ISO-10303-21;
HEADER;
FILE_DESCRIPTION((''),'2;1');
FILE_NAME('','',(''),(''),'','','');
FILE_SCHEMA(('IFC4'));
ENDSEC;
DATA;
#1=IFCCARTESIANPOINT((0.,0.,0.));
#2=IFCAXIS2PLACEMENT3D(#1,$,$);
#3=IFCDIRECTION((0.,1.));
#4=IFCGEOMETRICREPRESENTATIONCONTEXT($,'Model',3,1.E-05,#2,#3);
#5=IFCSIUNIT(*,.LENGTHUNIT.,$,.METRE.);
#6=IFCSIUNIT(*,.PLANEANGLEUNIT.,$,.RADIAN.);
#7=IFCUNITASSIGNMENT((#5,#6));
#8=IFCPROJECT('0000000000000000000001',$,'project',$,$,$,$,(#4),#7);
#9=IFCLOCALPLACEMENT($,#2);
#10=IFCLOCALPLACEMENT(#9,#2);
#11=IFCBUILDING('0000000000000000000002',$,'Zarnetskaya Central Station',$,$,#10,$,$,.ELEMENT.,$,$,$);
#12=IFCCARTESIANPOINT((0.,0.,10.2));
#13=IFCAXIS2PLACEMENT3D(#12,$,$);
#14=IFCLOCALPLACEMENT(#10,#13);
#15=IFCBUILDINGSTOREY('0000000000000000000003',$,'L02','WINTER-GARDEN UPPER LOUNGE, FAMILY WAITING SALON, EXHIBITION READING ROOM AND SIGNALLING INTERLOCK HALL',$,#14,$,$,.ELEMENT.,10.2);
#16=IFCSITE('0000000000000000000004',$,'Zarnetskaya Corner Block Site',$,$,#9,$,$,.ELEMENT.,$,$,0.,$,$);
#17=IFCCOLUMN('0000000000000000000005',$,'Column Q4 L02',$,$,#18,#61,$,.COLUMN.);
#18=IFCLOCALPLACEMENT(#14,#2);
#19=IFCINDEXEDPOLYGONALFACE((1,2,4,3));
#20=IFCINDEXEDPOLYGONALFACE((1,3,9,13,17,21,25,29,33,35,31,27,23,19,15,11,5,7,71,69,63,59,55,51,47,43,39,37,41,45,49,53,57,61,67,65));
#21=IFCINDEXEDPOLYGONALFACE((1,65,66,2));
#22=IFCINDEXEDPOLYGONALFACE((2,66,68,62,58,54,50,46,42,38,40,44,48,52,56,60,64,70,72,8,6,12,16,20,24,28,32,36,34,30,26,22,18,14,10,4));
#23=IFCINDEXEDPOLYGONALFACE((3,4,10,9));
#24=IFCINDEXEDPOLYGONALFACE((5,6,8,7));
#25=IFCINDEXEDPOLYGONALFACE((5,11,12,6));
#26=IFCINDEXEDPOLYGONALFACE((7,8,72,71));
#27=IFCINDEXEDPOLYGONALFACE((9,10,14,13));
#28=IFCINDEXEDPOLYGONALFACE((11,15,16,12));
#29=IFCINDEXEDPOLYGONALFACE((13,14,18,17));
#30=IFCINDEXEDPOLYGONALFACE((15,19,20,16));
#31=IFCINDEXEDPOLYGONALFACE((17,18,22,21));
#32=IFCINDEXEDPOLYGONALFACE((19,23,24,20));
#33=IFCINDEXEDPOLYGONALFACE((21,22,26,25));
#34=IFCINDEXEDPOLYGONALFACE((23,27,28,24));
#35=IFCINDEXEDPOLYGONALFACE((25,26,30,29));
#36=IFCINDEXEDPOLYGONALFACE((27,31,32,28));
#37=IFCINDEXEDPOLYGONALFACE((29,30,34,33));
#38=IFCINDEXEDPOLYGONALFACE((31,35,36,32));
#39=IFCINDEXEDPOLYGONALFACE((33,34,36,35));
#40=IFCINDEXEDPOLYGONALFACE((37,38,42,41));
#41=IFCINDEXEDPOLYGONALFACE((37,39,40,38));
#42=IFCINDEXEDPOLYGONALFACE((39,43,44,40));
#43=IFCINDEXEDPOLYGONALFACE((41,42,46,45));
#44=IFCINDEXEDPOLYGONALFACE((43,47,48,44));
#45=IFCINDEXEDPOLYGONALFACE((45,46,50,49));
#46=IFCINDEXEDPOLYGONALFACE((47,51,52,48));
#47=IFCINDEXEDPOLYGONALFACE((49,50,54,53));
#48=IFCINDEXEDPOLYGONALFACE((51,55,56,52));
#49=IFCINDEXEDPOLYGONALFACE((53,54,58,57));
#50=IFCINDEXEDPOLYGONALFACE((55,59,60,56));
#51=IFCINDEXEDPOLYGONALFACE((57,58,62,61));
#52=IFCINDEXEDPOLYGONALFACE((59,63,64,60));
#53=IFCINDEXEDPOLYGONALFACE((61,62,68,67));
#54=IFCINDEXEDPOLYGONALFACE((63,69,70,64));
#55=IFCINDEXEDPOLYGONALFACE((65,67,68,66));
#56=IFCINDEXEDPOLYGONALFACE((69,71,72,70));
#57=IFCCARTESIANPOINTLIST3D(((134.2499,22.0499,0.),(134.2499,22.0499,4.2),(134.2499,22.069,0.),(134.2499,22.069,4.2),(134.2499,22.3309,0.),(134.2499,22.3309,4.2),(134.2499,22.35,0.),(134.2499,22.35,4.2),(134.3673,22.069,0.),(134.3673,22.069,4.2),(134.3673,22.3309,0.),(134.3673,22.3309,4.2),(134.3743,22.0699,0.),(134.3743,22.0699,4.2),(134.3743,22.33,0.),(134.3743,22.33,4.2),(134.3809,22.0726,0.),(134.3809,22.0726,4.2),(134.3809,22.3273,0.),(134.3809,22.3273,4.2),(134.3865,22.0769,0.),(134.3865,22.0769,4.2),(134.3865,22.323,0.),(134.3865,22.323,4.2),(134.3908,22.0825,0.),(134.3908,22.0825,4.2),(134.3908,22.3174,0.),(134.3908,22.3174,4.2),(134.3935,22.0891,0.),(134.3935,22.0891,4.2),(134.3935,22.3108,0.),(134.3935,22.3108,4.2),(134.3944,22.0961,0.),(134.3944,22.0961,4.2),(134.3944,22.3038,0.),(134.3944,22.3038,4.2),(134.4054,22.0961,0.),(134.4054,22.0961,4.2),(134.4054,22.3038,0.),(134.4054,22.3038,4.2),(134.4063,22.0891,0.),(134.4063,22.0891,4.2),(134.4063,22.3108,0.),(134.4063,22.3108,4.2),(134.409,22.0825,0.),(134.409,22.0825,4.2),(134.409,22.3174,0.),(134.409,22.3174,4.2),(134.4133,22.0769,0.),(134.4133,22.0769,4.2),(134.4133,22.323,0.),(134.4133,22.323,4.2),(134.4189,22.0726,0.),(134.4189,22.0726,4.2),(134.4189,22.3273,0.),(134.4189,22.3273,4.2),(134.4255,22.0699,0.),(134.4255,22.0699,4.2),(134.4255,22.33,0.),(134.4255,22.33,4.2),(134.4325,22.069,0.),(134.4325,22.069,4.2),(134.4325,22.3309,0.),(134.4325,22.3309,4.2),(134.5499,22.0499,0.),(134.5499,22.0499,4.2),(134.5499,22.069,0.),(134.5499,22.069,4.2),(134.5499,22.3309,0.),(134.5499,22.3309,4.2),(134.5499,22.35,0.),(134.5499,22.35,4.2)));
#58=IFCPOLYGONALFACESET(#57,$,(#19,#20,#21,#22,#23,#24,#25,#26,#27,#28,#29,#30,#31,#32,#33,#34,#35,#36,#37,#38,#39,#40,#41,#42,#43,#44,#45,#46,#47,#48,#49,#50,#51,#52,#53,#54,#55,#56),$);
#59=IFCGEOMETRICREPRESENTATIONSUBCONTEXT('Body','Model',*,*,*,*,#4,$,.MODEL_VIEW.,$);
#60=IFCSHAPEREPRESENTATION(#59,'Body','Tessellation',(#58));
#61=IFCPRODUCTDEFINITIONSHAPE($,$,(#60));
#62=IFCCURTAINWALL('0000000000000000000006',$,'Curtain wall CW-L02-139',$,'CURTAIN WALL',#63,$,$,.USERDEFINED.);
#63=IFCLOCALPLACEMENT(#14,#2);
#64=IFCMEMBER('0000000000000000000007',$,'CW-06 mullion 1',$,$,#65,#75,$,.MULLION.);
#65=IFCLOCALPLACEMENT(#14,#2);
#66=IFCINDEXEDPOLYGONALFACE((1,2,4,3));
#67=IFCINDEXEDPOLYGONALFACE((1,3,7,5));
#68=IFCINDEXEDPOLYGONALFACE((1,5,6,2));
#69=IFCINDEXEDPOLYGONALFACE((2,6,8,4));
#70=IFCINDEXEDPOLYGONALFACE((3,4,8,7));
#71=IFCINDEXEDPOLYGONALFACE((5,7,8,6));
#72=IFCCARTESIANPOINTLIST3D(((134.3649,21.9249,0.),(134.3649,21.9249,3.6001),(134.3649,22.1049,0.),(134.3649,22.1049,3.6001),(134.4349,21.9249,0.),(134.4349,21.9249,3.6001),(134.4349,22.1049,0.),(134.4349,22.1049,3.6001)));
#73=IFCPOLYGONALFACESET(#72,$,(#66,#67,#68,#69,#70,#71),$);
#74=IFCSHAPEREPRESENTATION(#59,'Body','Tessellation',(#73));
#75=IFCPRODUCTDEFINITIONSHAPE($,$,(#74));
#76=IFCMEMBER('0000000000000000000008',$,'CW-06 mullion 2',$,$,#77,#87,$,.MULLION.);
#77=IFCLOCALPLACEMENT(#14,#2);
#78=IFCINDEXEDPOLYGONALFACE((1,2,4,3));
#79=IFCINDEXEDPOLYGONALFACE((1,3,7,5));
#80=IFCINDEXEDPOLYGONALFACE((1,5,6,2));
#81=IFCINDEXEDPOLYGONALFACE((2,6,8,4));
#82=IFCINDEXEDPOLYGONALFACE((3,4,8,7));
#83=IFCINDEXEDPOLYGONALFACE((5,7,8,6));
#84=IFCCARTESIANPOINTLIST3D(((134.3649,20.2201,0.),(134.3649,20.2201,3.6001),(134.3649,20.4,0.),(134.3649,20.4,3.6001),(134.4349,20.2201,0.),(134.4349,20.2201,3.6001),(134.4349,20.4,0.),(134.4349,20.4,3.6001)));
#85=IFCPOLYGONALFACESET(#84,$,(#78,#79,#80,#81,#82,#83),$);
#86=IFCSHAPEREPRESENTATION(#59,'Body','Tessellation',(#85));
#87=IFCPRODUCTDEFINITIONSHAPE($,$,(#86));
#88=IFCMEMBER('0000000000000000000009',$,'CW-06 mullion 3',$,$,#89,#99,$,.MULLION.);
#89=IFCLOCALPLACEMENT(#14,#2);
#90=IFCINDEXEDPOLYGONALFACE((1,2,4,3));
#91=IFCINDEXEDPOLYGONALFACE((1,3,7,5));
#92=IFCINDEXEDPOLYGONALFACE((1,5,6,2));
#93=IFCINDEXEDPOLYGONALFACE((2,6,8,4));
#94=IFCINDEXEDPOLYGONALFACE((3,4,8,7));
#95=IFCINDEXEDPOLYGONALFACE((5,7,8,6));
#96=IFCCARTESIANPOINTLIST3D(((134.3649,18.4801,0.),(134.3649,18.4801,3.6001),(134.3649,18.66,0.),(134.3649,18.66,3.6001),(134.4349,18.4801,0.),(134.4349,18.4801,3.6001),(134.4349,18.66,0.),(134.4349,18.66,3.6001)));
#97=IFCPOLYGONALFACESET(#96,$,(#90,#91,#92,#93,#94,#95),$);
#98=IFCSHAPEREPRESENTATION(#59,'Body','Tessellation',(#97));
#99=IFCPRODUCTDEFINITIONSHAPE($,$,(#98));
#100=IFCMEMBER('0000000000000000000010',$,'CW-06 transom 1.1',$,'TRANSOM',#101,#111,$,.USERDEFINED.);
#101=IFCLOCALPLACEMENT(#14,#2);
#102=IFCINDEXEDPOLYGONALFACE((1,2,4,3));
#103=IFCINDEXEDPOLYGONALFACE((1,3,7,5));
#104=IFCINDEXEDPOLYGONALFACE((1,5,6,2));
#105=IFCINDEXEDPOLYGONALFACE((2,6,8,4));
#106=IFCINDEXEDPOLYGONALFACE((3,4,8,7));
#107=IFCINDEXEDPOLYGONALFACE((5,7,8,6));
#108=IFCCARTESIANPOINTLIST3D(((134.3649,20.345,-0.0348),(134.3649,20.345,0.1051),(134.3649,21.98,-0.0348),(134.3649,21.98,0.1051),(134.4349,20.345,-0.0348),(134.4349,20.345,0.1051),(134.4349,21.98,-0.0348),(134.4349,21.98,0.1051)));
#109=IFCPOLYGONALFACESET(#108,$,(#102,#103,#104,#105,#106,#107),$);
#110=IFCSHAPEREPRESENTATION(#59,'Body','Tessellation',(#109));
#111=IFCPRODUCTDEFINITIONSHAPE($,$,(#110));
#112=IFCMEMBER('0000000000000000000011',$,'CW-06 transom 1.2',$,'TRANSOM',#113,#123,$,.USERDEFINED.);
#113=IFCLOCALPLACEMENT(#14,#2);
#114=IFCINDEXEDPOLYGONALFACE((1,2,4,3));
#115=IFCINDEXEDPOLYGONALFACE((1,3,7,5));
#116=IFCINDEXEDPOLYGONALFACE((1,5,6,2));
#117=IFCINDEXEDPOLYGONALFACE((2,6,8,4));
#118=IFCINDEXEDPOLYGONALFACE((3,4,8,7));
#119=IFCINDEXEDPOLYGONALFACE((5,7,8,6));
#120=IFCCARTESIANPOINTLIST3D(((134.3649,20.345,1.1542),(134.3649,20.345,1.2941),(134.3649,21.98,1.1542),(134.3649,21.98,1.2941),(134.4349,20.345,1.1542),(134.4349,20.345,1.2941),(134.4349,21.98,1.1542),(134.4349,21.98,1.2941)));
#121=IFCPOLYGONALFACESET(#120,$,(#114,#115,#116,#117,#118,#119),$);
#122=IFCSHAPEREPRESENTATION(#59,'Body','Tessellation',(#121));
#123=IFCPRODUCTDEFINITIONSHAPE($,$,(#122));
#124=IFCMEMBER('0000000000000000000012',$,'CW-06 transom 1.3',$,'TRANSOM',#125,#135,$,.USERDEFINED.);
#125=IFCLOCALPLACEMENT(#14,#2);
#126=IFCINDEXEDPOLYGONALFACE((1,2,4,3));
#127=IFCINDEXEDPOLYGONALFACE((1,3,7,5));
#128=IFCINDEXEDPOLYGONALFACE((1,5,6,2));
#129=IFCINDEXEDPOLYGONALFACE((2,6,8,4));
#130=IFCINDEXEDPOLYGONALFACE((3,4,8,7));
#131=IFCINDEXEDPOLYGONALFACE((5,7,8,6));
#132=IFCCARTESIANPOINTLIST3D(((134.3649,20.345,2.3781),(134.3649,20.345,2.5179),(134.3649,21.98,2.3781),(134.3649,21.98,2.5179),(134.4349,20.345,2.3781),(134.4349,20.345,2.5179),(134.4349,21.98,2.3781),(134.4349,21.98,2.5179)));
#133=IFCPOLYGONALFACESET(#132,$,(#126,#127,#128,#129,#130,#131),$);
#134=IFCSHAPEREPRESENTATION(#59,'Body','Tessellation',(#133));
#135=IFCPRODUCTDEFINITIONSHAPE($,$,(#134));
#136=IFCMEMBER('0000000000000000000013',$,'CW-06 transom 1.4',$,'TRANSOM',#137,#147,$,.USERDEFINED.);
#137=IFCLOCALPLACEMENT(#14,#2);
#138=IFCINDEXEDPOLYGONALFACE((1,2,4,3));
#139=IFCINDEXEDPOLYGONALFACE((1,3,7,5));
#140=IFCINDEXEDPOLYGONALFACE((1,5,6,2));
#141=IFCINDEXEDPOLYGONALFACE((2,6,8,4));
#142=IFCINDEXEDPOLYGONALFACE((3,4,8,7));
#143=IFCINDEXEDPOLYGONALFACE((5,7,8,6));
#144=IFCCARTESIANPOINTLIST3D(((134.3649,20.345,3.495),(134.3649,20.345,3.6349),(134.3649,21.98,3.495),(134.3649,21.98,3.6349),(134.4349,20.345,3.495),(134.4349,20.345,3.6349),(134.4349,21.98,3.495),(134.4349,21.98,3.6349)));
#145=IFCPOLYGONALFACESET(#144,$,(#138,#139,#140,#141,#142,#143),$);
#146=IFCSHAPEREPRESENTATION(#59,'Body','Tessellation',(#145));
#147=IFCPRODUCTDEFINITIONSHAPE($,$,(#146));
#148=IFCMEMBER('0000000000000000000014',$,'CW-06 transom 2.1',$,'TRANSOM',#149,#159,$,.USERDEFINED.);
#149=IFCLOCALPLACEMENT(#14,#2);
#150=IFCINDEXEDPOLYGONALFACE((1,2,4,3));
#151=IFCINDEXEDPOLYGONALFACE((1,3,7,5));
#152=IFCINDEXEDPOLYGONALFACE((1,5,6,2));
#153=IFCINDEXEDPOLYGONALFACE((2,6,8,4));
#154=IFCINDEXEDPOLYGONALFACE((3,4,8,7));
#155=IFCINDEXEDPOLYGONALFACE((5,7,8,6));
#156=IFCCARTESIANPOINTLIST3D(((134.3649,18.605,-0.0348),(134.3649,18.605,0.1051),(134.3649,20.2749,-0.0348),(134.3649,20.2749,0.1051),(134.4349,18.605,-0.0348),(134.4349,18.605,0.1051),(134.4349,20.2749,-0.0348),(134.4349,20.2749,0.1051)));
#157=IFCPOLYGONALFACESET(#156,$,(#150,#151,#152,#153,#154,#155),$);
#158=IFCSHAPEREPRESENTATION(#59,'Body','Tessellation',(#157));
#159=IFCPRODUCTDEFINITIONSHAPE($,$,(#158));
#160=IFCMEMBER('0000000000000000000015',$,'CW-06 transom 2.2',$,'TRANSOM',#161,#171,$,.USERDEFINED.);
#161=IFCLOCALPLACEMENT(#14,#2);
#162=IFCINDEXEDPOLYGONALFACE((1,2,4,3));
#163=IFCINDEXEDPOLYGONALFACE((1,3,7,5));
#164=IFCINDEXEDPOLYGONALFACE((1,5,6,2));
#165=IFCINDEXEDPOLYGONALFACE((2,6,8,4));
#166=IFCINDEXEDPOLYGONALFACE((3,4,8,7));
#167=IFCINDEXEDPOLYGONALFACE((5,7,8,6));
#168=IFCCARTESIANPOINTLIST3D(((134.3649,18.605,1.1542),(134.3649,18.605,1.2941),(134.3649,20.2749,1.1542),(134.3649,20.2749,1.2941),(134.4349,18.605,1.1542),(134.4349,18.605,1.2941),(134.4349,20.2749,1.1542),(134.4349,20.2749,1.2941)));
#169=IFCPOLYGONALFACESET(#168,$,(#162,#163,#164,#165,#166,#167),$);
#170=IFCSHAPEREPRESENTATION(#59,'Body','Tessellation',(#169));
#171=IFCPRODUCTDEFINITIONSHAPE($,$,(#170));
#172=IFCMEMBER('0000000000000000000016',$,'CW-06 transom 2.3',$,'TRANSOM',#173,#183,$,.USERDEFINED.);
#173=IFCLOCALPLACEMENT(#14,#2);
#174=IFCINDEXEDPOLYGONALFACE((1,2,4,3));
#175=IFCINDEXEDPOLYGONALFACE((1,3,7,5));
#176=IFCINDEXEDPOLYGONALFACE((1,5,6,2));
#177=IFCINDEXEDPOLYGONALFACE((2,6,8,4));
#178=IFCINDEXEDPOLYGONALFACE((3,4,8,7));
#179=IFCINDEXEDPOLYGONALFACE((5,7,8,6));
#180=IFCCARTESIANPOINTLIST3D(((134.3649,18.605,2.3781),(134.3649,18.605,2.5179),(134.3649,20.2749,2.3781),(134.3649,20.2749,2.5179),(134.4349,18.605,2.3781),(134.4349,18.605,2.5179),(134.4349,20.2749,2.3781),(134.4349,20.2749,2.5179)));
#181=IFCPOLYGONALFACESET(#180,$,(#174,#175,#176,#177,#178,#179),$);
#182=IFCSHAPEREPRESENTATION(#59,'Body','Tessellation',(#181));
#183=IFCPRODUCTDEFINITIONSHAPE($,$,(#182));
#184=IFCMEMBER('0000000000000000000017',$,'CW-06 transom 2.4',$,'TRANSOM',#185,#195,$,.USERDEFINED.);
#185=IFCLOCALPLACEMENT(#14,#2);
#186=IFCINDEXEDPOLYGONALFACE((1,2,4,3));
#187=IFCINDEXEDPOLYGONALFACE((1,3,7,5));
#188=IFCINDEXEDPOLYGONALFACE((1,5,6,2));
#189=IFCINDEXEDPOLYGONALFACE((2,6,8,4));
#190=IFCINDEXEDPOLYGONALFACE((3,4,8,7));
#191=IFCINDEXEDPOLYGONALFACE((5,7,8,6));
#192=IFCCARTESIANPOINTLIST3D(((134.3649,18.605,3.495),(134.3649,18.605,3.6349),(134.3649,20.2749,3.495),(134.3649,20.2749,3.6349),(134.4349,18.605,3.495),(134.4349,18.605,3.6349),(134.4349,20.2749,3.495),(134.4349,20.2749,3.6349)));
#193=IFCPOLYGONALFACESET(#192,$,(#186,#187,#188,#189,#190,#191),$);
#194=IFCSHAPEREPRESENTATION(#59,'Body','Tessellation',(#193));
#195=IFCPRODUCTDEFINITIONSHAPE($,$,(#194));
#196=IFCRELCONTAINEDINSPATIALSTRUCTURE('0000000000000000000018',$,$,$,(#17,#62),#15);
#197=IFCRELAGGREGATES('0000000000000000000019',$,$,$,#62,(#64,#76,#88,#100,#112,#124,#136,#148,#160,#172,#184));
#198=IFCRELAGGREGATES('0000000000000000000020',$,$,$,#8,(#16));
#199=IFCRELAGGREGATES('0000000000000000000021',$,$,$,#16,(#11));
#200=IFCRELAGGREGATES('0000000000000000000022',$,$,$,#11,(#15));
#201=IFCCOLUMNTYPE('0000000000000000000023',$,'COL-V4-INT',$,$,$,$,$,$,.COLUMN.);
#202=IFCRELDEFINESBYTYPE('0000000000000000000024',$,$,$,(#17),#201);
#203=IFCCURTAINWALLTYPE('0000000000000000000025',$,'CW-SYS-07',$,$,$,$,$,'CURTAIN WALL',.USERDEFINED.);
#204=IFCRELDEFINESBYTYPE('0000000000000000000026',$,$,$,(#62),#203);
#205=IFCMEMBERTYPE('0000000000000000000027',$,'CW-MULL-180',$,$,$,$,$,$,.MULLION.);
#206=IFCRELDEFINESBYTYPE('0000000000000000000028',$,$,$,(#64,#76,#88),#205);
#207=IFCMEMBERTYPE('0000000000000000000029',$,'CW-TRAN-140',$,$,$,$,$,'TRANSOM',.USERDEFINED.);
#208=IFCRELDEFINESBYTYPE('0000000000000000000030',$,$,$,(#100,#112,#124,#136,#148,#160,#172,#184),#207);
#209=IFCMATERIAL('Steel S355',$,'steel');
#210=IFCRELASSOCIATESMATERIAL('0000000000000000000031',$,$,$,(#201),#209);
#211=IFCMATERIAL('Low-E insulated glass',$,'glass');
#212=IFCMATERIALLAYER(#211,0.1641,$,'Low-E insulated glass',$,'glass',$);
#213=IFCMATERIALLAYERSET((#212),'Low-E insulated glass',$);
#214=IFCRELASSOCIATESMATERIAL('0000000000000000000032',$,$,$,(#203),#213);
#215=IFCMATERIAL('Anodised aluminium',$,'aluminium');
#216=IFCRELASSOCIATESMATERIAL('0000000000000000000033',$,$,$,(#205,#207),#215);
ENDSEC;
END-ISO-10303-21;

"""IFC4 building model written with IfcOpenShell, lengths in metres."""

from ifc_helpers import new_model, si_unit, direction, frame, origin, origin_2d, place, context, subcontext, project, spatial, rectangle, i_section, extrude, material, layer, layer_set, material_profile, profile_set, type_object, element, aggregate, save


model = new_model("IFC4")

# Units and contexts
model_context = context("Model", 3, precision=1e-05, world=origin(), true_north=direction((0.0, 1.0)))
body_context = subcontext(model_context, "Body", "Model", "MODEL_VIEW")
ifc_project = project(units=[si_unit("LENGTHUNIT", "METRE"), si_unit("PLANEANGLEUNIT", "RADIAN")], contexts=[model_context])

# Site, building, storey
site_placement = place(None, origin())
site = spatial("IfcSite", under=ifc_project, at=site_placement, Name="Zarnetskaya Corner Block Site", CompositionType="ELEMENT", RefElevation=0.0)
building_placement = place(site_placement, origin())
building = spatial("IfcBuilding", under=site, at=building_placement, Name="Zarnetskaya Central Station", CompositionType="ELEMENT")
storey_placement = place(building_placement, frame((0.0, 0.0, 10.2)))
storey = spatial("IfcBuildingStorey", under=building, at=storey_placement, Name="L02", Description="WINTER-GARDEN UPPER LOUNGE, FAMILY WAITING SALON, EXHIBITION READING ROOM AND SIGNALLING INTERLOCK HALL", CompositionType="ELEMENT", Elevation=10.2)

# Column
ifc_material_1 = material(Name="Steel S355", Category="steel")
ifc_material_profile_1 = material_profile(ifc_material_1, i_section(OverallWidth=0.3, OverallDepth=0.3, WebThickness=0.011, FlangeThickness=0.019, FilletRadius=0.0271, at=origin_2d()), Name="HEB 300")
ifc_profile_set_1 = profile_set([ifc_material_profile_1], Name="Steel S355")
column_type = type_object("IfcColumnType", Name="COL-V4-INT", PredefinedType="COLUMN", material=ifc_profile_set_1)
column_placement = place(storey_placement, frame((134.3999, 22.2, 0.0), z_axis=(0.0, 0.0, 1.0), x_axis=(1.0, 0.0, 0.0)))
element("IfcColumn", 1, at=column_placement, inside=storey, type_object=column_type, Name="Column Q4 L02", PredefinedType="COLUMN", context=body_context, shape_type="SweptSolid", body=[
    extrude(i_section(OverallWidth=0.3, OverallDepth=0.3, WebThickness=0.011, FlangeThickness=0.019, FilletRadius=0.0271, at=origin_2d()), origin(), (0.0, 0.0, 1.0), 4.2),
])

# Curtain wall, members
ifc_material_2 = material(Name="Low-E insulated glass", Category="glass")
ifc_layer_1 = layer(ifc_material_2, 0.1641, Name="Low-E insulated glass", Category="glass")
ifc_layer_set_1 = layer_set([ifc_layer_1], Name="Low-E insulated glass")
curtain_wall_type = type_object("IfcCurtainWallType", Name="CW-SYS-07", ElementType="CURTAIN WALL", PredefinedType="USERDEFINED", material=ifc_layer_set_1)
curtain_wall_placement = place(storey_placement, origin())
curtain_wall = element("IfcCurtainWall", 2, at=curtain_wall_placement, inside=storey, type_object=curtain_wall_type, Name="Curtain wall CW-L02-139", ObjectType="CURTAIN WALL", PredefinedType="USERDEFINED")
ifc_material_3 = material(Name="Anodised aluminium", Category="aluminium")
ifc_material_profile_2 = material_profile(ifc_material_3, rectangle(XDim=0.0701, YDim=0.1799, at=origin_2d()), Name="ALU MULL 70x180")
ifc_profile_set_2 = profile_set([ifc_material_profile_2], Name="Anodised aluminium")
member_type_1 = type_object("IfcMemberType", Name="CW-MULL-180", PredefinedType="MULLION", material=ifc_profile_set_2)
member_1_placement = place(storey_placement, frame((134.3999, 22.0149, 0.0), z_axis=(0.0, 0.0, 1.0), x_axis=(1.0, 0.0, 0.0)))
member_1 = element("IfcMember", 3, at=member_1_placement, type_object=member_type_1, Name="CW-06 mullion 1", PredefinedType="MULLION", context=body_context, shape_type="SweptSolid", body=[
    extrude(rectangle(XDim=0.0701, YDim=0.1799, at=origin_2d()), origin(), (0.0, 0.0, 1.0), 3.6001),
])
member_2_placement = place(storey_placement, frame((134.3999, 20.3101, 0.0), z_axis=(0.0, 0.0, 1.0), x_axis=(1.0, 0.0, 0.0)))
member_2 = element("IfcMember", 4, at=member_2_placement, type_object=member_type_1, Name="CW-06 mullion 2", PredefinedType="MULLION", context=body_context, shape_type="SweptSolid", body=[
    extrude(rectangle(XDim=0.0701, YDim=0.1799, at=origin_2d()), origin(), (0.0, 0.0, 1.0), 3.6001),
])
member_3_placement = place(storey_placement, frame((134.3999, 18.5701, 0.0), z_axis=(0.0, 0.0, 1.0), x_axis=(1.0, 0.0, 0.0)))
member_3 = element("IfcMember", 5, at=member_3_placement, type_object=member_type_1, Name="CW-06 mullion 3", PredefinedType="MULLION", context=body_context, shape_type="SweptSolid", body=[
    extrude(rectangle(XDim=0.0701, YDim=0.1799, at=origin_2d()), origin(), (0.0, 0.0, 1.0), 3.6001),
])
ifc_material_profile_3 = material_profile(ifc_material_3, rectangle(XDim=0.0701, YDim=0.1399, at=origin_2d()), Name="ALU TRAN 70x140")
ifc_profile_set_3 = profile_set([ifc_material_profile_3], Name="Anodised aluminium")
member_type_2 = type_object("IfcMemberType", Name="CW-TRAN-140", ElementType="TRANSOM", PredefinedType="USERDEFINED", material=ifc_profile_set_3)
member_4_placement = place(storey_placement, frame((134.3999, 21.98, 0.0352), z_axis=(0.0, -1.0, 0.0), x_axis=(1.0, 0.0, 0.0)))
member_4 = element("IfcMember", 6, at=member_4_placement, type_object=member_type_2, Name="CW-06 transom 1.1", ObjectType="TRANSOM", PredefinedType="USERDEFINED", context=body_context, shape_type="SweptSolid", body=[
    extrude(rectangle(XDim=0.0701, YDim=0.1399, at=origin_2d()), origin(), (0.0, 0.0, 1.0), 1.635),
])
member_5_placement = place(storey_placement, frame((134.3999, 21.98, 1.2241), z_axis=(0.0, -1.0, 0.0), x_axis=(1.0, 0.0, 0.0)))
member_5 = element("IfcMember", 7, at=member_5_placement, type_object=member_type_2, Name="CW-06 transom 1.2", ObjectType="TRANSOM", PredefinedType="USERDEFINED", context=body_context, shape_type="SweptSolid", body=[
    extrude(rectangle(XDim=0.0701, YDim=0.1399, at=origin_2d()), origin(), (0.0, 0.0, 1.0), 1.635),
])
member_6_placement = place(storey_placement, frame((134.3999, 21.98, 2.448), z_axis=(0.0, -1.0, 0.0), x_axis=(1.0, 0.0, 0.0)))
member_6 = element("IfcMember", 8, at=member_6_placement, type_object=member_type_2, Name="CW-06 transom 1.3", ObjectType="TRANSOM", PredefinedType="USERDEFINED", context=body_context, shape_type="SweptSolid", body=[
    extrude(rectangle(XDim=0.0701, YDim=0.1399, at=origin_2d()), origin(), (0.0, 0.0, 1.0), 1.635),
])
member_7_placement = place(storey_placement, frame((134.3999, 21.98, 3.5649), z_axis=(0.0, -1.0, 0.0), x_axis=(1.0, 0.0, 0.0)))
member_7 = element("IfcMember", 9, at=member_7_placement, type_object=member_type_2, Name="CW-06 transom 1.4", ObjectType="TRANSOM", PredefinedType="USERDEFINED", context=body_context, shape_type="SweptSolid", body=[
    extrude(rectangle(XDim=0.0701, YDim=0.1399, at=origin_2d()), origin(), (0.0, 0.0, 1.0), 1.635),
])
member_8_placement = place(storey_placement, frame((134.3999, 20.2749, 0.0352), z_axis=(0.0, -1.0, 0.0), x_axis=(1.0, 0.0, 0.0)))
member_8 = element("IfcMember", 10, at=member_8_placement, type_object=member_type_2, Name="CW-06 transom 2.1", ObjectType="TRANSOM", PredefinedType="USERDEFINED", context=body_context, shape_type="SweptSolid", body=[
    extrude(rectangle(XDim=0.0701, YDim=0.1399, at=origin_2d()), origin(), (0.0, 0.0, 1.0), 1.6699),
])
member_9_placement = place(storey_placement, frame((134.3999, 20.2749, 1.2241), z_axis=(0.0, -1.0, 0.0), x_axis=(1.0, 0.0, 0.0)))
member_9 = element("IfcMember", 11, at=member_9_placement, type_object=member_type_2, Name="CW-06 transom 2.2", ObjectType="TRANSOM", PredefinedType="USERDEFINED", context=body_context, shape_type="SweptSolid", body=[
    extrude(rectangle(XDim=0.0701, YDim=0.1399, at=origin_2d()), origin(), (0.0, 0.0, 1.0), 1.6699),
])
member_10_placement = place(storey_placement, frame((134.3999, 20.2749, 2.448), z_axis=(0.0, -1.0, 0.0), x_axis=(1.0, 0.0, 0.0)))
member_10 = element("IfcMember", 12, at=member_10_placement, type_object=member_type_2, Name="CW-06 transom 2.3", ObjectType="TRANSOM", PredefinedType="USERDEFINED", context=body_context, shape_type="SweptSolid", body=[
    extrude(rectangle(XDim=0.0701, YDim=0.1399, at=origin_2d()), origin(), (0.0, 0.0, 1.0), 1.6699),
])
member_11_placement = place(storey_placement, frame((134.3999, 20.2749, 3.5649), z_axis=(0.0, -1.0, 0.0), x_axis=(1.0, 0.0, 0.0)))
member_11 = element("IfcMember", 13, at=member_11_placement, type_object=member_type_2, Name="CW-06 transom 2.4", ObjectType="TRANSOM", PredefinedType="USERDEFINED", context=body_context, shape_type="SweptSolid", body=[
    extrude(rectangle(XDim=0.0701, YDim=0.1399, at=origin_2d()), origin(), (0.0, 0.0, 1.0), 1.6699),
])

aggregate(curtain_wall, [member_1, member_2, member_3, member_4, member_5, member_6, member_7, member_8, member_9, member_10, member_11])

save(model, "model.ifc")
